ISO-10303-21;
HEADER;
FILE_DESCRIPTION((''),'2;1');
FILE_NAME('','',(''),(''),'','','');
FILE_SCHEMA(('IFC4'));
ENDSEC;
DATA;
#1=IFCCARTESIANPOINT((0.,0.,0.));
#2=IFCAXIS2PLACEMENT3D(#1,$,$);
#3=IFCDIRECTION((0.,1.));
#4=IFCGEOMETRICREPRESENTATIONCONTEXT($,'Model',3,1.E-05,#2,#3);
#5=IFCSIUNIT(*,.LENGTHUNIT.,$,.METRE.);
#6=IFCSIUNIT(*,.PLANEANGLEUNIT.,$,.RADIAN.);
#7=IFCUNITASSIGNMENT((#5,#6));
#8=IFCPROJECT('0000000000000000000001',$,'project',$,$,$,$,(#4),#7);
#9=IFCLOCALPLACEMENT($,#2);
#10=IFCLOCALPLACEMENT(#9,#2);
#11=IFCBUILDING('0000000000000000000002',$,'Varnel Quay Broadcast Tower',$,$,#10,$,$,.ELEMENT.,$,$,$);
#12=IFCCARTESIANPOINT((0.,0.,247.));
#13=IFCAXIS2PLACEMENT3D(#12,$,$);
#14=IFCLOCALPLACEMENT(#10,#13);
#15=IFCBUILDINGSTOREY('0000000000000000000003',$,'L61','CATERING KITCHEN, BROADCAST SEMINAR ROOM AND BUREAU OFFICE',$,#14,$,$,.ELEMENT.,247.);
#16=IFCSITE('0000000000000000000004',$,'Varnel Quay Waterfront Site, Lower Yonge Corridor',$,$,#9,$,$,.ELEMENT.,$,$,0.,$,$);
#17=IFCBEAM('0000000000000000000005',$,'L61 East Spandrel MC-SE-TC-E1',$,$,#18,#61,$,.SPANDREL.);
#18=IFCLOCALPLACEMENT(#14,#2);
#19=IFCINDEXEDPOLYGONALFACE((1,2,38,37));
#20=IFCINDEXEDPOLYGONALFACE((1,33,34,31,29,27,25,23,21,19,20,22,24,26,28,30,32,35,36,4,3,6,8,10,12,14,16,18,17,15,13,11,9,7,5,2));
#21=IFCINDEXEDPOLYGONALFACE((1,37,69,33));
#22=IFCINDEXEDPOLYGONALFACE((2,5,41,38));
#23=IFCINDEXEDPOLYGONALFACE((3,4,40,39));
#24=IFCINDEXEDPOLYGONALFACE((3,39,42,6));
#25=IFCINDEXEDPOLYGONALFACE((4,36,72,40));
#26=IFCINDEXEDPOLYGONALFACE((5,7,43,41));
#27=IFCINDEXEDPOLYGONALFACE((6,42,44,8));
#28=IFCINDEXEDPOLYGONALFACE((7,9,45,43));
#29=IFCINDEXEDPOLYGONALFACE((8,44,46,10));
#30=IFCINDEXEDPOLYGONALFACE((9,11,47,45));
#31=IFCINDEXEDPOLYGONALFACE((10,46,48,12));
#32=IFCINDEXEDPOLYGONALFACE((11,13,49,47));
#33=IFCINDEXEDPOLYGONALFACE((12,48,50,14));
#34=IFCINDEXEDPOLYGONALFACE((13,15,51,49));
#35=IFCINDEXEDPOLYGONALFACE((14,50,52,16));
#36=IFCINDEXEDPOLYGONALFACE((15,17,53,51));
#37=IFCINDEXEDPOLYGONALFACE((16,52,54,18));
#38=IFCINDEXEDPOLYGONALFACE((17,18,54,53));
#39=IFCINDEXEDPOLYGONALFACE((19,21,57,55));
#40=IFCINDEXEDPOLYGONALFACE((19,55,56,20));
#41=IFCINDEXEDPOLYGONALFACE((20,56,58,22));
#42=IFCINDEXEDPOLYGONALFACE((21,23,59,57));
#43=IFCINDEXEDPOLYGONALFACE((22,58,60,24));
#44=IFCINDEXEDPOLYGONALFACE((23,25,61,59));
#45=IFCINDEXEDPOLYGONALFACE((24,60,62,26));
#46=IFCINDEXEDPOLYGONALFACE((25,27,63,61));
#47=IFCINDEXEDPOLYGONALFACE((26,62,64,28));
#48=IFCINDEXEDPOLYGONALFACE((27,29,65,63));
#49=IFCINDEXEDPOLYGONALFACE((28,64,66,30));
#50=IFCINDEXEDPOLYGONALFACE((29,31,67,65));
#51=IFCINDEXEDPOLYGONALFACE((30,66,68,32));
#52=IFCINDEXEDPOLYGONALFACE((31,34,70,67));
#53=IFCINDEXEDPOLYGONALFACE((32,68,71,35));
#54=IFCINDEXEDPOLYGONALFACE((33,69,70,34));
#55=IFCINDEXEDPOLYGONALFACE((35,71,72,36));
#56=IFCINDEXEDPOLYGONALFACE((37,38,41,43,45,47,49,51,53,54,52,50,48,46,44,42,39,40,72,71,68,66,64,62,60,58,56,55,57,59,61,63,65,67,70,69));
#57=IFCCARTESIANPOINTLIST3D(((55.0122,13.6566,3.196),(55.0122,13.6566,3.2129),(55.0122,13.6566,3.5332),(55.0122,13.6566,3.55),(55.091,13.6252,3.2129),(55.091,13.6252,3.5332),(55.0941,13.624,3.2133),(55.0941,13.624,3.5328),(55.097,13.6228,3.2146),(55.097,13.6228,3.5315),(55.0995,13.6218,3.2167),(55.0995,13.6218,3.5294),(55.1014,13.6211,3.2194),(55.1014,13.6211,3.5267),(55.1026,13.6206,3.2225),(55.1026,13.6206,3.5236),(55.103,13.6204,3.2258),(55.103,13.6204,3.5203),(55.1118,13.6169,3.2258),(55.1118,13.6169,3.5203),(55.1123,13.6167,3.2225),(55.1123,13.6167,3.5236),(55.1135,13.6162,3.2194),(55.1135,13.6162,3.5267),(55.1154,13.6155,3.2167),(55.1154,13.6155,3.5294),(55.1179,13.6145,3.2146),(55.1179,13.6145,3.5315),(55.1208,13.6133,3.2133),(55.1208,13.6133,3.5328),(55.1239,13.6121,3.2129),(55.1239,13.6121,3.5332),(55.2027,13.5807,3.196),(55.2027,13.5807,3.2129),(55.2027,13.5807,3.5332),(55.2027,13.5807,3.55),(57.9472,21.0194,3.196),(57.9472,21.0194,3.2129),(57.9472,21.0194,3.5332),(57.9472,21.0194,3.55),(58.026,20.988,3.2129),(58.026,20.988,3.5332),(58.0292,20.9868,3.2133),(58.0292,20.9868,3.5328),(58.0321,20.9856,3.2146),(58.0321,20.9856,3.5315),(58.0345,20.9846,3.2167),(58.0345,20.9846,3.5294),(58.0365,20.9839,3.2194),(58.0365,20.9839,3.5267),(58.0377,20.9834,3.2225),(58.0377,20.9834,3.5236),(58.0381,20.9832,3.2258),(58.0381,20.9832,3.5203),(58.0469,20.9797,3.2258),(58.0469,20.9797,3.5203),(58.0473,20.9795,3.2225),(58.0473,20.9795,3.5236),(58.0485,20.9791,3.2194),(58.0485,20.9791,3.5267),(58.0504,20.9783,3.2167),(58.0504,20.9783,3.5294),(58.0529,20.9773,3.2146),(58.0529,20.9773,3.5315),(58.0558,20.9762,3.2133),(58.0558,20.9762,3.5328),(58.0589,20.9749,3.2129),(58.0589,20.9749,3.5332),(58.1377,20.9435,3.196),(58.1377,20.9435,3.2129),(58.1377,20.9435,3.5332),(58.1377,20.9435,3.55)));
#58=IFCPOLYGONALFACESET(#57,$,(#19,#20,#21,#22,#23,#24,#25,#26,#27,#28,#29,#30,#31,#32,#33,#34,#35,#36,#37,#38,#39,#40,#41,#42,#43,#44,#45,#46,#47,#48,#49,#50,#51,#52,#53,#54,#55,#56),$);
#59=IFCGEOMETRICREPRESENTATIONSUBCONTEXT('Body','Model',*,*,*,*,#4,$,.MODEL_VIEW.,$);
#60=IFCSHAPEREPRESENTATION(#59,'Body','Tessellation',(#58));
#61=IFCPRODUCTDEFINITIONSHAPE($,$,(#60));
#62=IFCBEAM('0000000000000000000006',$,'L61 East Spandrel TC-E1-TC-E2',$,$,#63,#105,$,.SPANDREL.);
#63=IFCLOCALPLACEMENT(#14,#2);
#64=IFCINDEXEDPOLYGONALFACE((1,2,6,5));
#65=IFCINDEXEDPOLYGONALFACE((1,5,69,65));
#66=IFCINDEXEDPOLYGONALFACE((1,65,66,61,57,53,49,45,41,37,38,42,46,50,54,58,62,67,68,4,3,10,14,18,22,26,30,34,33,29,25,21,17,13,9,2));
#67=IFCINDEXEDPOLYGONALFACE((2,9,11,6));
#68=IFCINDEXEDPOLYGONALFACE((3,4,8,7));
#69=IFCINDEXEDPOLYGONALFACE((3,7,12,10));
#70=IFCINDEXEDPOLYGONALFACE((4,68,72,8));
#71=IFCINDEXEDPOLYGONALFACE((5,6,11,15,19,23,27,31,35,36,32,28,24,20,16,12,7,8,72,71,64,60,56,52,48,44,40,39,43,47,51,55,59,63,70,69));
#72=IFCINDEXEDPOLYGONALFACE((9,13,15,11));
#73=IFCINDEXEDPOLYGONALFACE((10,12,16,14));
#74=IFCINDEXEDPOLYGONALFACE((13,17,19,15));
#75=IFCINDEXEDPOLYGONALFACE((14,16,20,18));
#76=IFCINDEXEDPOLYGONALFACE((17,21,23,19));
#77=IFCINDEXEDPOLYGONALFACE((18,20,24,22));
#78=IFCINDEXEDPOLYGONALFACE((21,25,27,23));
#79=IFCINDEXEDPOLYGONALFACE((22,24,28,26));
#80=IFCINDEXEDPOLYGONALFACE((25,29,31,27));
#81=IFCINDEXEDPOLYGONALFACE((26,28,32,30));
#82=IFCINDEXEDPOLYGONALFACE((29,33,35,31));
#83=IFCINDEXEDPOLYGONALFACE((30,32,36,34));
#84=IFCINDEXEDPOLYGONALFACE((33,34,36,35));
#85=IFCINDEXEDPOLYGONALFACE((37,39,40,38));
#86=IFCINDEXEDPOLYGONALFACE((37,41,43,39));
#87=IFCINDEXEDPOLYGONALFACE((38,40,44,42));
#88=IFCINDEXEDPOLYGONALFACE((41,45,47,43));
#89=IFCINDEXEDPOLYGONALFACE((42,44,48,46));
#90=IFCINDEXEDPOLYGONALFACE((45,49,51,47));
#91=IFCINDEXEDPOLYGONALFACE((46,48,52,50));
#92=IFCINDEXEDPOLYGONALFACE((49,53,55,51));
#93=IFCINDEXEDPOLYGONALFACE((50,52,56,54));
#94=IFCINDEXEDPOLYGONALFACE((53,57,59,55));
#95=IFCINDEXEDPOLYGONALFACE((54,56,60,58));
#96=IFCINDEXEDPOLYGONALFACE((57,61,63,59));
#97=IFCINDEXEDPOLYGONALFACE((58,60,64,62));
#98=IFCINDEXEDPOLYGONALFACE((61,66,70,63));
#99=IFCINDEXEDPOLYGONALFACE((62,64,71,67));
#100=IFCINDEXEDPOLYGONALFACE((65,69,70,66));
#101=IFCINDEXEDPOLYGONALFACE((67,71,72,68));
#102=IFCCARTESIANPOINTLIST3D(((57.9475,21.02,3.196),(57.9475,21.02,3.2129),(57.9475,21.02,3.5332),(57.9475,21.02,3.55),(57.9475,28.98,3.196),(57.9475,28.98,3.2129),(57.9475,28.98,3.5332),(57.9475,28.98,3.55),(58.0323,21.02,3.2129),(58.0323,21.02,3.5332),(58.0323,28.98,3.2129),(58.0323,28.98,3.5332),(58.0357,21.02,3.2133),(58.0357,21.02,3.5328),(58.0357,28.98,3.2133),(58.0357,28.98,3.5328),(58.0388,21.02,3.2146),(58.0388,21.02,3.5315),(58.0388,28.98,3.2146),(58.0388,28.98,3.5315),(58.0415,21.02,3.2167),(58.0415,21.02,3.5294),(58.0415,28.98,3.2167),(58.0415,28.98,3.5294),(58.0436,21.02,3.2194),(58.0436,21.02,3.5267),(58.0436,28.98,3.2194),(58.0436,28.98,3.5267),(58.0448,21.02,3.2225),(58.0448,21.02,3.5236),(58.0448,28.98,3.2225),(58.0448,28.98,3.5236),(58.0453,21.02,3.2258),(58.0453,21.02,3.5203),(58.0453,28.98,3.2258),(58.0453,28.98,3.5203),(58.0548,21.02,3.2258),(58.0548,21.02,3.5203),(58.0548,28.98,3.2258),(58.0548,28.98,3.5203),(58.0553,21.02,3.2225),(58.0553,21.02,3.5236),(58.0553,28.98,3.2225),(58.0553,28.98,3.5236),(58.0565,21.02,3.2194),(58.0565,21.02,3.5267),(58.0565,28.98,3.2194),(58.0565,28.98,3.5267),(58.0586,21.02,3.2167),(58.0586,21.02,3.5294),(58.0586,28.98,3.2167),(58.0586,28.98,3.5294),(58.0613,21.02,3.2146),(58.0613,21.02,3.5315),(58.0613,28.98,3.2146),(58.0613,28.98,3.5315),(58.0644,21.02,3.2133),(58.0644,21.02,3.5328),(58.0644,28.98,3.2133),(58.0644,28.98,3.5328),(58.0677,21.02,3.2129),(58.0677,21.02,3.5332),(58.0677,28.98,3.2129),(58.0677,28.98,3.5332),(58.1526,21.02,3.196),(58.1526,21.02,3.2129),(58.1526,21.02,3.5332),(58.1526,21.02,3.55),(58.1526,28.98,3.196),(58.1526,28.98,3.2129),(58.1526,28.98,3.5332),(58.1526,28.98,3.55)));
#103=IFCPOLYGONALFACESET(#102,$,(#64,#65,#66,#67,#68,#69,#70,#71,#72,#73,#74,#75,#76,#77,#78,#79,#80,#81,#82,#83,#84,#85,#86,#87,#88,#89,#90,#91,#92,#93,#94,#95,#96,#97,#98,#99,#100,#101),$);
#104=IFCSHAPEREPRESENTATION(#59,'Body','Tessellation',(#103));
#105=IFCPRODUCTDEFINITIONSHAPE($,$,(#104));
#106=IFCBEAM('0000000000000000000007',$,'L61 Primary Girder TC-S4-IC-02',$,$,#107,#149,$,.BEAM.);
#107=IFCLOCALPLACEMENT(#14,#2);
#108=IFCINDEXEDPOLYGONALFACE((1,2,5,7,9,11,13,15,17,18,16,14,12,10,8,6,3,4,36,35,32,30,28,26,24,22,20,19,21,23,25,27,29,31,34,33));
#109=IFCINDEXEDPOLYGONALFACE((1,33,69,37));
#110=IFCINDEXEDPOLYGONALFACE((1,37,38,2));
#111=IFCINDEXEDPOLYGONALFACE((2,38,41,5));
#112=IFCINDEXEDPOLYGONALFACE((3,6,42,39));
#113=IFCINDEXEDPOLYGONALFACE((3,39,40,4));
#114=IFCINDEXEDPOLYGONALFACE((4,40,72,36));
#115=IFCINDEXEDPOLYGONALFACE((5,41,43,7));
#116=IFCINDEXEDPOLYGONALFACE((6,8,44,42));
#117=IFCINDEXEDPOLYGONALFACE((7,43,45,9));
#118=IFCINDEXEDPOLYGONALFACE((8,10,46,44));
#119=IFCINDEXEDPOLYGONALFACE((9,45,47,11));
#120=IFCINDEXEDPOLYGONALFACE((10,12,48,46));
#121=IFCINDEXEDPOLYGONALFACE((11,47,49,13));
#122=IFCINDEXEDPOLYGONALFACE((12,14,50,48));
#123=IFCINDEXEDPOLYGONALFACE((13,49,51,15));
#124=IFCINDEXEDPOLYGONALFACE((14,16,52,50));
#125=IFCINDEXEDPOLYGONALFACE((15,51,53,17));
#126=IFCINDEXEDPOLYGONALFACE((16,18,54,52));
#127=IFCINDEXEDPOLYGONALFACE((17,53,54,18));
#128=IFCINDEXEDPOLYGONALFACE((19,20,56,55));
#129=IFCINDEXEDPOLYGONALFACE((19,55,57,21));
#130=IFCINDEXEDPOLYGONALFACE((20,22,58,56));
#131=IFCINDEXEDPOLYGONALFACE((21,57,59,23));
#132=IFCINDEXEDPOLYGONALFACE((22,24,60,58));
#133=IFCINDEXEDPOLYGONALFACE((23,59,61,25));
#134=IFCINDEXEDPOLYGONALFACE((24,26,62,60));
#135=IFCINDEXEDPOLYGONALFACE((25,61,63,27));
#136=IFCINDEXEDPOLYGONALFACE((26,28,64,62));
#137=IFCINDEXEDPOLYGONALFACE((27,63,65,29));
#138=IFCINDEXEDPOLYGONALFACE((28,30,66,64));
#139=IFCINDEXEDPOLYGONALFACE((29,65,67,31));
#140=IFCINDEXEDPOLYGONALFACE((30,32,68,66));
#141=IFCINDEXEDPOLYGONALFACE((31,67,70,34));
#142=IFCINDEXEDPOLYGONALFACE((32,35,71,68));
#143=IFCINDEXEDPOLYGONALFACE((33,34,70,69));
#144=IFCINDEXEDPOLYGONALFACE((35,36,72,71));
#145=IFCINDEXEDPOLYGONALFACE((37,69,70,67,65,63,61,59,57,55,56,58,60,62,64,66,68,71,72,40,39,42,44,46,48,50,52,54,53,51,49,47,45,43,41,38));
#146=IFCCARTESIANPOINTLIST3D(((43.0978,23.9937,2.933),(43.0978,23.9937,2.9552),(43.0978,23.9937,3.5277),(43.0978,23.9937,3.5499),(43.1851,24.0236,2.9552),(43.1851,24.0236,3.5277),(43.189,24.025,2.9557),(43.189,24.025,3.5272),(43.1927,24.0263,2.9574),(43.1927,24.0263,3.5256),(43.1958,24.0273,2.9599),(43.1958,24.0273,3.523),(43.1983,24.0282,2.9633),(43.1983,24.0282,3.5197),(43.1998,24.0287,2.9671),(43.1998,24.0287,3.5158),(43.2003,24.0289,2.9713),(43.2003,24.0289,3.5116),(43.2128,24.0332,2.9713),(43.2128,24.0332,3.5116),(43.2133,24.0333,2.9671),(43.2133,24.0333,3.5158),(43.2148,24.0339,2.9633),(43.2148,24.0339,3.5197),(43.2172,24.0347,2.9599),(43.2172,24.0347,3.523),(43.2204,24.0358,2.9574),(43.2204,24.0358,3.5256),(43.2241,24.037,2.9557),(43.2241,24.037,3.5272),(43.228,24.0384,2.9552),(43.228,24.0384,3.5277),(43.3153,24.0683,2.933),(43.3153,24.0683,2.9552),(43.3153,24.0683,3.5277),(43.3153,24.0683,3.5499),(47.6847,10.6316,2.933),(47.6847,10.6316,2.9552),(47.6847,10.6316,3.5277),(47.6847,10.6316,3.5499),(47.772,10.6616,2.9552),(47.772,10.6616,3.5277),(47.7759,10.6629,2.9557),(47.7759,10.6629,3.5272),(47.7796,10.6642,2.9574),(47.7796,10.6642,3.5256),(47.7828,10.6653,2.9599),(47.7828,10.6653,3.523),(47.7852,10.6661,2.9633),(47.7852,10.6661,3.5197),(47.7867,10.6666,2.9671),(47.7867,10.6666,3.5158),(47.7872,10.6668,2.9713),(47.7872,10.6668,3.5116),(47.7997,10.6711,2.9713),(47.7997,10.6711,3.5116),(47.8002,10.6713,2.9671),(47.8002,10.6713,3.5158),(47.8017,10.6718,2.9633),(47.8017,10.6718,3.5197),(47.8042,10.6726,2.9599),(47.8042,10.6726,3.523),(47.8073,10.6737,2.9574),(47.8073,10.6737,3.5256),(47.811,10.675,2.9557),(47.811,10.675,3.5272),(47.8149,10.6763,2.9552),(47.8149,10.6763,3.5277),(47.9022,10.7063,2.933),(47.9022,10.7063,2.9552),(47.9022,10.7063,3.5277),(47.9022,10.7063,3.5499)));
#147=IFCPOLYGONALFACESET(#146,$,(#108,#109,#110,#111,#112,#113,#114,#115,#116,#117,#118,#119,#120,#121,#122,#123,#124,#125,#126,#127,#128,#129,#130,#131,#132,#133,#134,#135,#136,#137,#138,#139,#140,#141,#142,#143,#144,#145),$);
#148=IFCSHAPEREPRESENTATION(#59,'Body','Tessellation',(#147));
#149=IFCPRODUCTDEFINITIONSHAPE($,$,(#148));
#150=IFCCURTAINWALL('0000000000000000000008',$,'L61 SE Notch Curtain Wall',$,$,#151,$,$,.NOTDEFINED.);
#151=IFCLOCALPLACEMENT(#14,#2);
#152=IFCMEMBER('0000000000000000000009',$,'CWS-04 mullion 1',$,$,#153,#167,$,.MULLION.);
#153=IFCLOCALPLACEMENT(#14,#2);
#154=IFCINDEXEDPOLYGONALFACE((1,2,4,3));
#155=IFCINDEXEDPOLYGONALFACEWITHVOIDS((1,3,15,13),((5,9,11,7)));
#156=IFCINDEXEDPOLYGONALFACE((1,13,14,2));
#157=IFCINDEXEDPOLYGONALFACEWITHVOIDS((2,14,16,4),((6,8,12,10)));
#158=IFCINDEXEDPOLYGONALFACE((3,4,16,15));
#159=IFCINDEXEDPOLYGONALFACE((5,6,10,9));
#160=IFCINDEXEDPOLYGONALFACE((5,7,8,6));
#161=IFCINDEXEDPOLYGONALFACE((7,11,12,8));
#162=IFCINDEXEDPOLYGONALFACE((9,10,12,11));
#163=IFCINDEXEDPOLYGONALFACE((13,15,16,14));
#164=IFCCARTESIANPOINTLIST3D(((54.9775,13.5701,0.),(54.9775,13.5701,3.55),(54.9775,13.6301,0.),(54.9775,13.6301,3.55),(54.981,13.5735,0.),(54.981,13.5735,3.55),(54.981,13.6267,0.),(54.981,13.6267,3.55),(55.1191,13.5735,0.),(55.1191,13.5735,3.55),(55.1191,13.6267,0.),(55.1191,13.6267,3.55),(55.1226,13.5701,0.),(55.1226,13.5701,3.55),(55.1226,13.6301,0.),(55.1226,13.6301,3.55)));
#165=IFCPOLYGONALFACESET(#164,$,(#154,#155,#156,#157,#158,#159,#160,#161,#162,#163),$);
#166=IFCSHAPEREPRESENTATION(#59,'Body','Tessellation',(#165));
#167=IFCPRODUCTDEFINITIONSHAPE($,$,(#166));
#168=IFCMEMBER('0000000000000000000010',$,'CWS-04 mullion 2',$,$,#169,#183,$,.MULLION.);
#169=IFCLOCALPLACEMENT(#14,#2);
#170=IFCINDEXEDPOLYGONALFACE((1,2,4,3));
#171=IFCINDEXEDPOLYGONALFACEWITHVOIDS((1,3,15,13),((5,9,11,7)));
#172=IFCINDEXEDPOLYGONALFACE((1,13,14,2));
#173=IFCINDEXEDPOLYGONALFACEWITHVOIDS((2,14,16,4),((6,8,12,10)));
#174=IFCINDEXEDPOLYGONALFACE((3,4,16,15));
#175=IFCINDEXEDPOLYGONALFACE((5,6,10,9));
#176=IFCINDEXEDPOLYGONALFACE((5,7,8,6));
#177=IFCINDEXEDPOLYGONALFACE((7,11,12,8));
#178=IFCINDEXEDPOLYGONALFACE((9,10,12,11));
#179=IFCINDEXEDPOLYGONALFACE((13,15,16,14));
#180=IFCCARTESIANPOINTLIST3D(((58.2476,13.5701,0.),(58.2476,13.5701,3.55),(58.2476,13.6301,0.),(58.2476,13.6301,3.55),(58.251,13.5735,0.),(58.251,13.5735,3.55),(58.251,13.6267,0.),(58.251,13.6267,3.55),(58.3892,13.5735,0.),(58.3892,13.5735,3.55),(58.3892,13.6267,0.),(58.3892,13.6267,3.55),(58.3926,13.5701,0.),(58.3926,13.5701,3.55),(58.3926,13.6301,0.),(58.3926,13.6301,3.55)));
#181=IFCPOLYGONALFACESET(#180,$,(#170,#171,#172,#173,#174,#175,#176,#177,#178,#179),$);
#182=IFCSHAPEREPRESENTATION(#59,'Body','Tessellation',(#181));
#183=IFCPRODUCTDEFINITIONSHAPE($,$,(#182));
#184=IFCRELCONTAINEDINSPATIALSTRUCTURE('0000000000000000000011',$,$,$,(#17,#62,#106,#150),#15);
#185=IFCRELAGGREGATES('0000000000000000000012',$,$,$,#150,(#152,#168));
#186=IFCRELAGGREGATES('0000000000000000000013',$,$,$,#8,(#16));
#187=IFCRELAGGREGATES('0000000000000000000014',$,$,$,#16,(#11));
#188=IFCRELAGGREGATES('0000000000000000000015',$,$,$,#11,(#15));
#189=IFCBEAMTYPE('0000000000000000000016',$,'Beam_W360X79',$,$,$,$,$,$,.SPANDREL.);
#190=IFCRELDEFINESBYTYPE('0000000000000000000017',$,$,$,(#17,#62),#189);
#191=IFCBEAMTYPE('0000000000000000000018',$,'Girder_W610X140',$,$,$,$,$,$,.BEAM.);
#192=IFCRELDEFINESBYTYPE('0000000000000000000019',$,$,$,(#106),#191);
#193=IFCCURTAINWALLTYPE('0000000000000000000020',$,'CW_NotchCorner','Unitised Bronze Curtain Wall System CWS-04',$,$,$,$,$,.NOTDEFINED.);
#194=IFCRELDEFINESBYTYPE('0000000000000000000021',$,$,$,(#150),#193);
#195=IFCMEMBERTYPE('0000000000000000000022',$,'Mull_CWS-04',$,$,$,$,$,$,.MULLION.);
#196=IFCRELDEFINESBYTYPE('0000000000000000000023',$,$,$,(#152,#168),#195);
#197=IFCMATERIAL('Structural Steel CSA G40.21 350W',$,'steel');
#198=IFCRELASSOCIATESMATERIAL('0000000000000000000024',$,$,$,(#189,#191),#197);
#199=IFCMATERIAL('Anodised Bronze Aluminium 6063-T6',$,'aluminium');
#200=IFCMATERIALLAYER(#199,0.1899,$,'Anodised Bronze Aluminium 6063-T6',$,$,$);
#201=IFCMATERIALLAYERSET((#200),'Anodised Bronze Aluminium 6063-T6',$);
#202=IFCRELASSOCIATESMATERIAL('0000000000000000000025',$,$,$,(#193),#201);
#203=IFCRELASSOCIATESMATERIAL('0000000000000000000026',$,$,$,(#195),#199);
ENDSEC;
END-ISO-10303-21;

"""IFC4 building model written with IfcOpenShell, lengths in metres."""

from ifc_helpers import new_model, si_unit, direction, frame, origin, origin_2d, place, context, subcontext, project, spatial, hollow_rectangle, i_section, extrude, source, transform, mapped, material, layer, layer_set, material_profile, profile_set, type_object, type_shapes, element, aggregate, save


model = new_model("IFC4")

# Units and contexts
model_context = context("Model", 3, precision=1e-05, world=origin(), true_north=direction((0.0, 1.0)))
body_context = subcontext(model_context, "Body", "Model", "MODEL_VIEW")
ifc_project = project(units=[si_unit("LENGTHUNIT", "METRE"), si_unit("PLANEANGLEUNIT", "RADIAN")], contexts=[model_context])

# Site, building, storey
site_placement = place(None, origin())
site = spatial("IfcSite", under=ifc_project, at=site_placement, Name="Varnel Quay Waterfront Site, Lower Yonge Corridor", CompositionType="ELEMENT", RefElevation=0.0)
building_placement = place(site_placement, origin())
building = spatial("IfcBuilding", under=site, at=building_placement, Name="Varnel Quay Broadcast Tower", CompositionType="ELEMENT")
storey_placement = place(building_placement, frame((0.0, 0.0, 247.0)))
storey = spatial("IfcBuildingStorey", under=building, at=storey_placement, Name="L61", Description="CATERING KITCHEN, BROADCAST SEMINAR ROOM AND BUREAU OFFICE", CompositionType="ELEMENT", Elevation=247.0)

# Shared definitions
ifc_material_1 = material(Name="Structural Steel CSA G40.21 350W", Category="steel")

# Beams
ifc_material_profile_1 = material_profile(ifc_material_1, i_section(OverallWidth=0.2051, OverallDepth=0.354, WebThickness=0.0095, FlangeThickness=0.0168, FilletRadius=0.0129, at=origin_2d()), Name="W360X79")
ifc_profile_set_1 = profile_set([ifc_material_profile_1], Name="Structural Steel CSA G40.21 350W")
beam_type_1 = type_object("IfcBeamType", Name="Beam_W360X79", PredefinedType="SPANDREL", material=ifc_profile_set_1)
shared_shape_1 = source(origin(), body_context, "Body", "SweptSolid", [
    extrude(i_section(OverallWidth=0.2051, OverallDepth=0.354, WebThickness=0.0095, FlangeThickness=0.0168, FilletRadius=0.0129, at=origin_2d()), origin(), (0.0, 0.0, 1.0), 7.9263),
])
beam_1_placement = place(storey_placement, frame((55.1074, 13.6187, 3.373), z_axis=(0.370296, 0.928914, 0.0), x_axis=(-0.928914, 0.370296, 0.0)))
element("IfcBeam", 1, at=beam_1_placement, inside=storey, type_object=beam_type_1, Name="L61 East Spandrel MC-SE-TC-E1", PredefinedType="SPANDREL", context=body_context, shape_type="MappedRepresentation", body=[
    mapped(shared_shape_1, transform((0.0, 0.0, 0.0), x_axis=(1.0, 0.0, 0.0), y_axis=(0.0, 1.0, 0.0), z_axis=(0.0, 0.0, 1.0), scale=1.0)),
])
shared_shape_2 = source(origin(), body_context, "Body", "SweptSolid", [
    extrude(i_section(OverallWidth=0.2051, OverallDepth=0.354, WebThickness=0.0095, FlangeThickness=0.0168, FilletRadius=0.0129, at=origin_2d()), origin(), (0.0, 0.0, 1.0), 7.96),
])
beam_2_placement = place(storey_placement, frame((58.05, 21.02, 3.373), z_axis=(0.0, 1.0, 0.0), x_axis=(-1.0, 0.0, 0.0)))
element("IfcBeam", 2, at=beam_2_placement, inside=storey, type_object=beam_type_1, Name="L61 East Spandrel TC-E1-TC-E2", PredefinedType="SPANDREL", context=body_context, shape_type="MappedRepresentation", body=[
    mapped(shared_shape_2, transform((0.0, 0.0, 0.0), x_axis=(1.0, 0.0, 0.0), y_axis=(0.0, 1.0, 0.0), z_axis=(0.0, 0.0, 1.0), scale=1.0)),
])
ifc_material_profile_2 = material_profile(ifc_material_1, i_section(OverallWidth=0.23, OverallDepth=0.6169, WebThickness=0.0132, FlangeThickness=0.0222, FilletRadius=0.0161, at=origin_2d()), Name="W610X140")
ifc_profile_set_2 = profile_set([ifc_material_profile_2], Name="Structural Steel CSA G40.21 350W")
beam_type_2 = type_object("IfcBeamType", Name="Girder_W610X140", PredefinedType="BEAM", material=ifc_profile_set_2)
shared_shape_3 = source(origin(), body_context, "Body", "SweptSolid", [
    extrude(i_section(OverallWidth=0.23, OverallDepth=0.6169, WebThickness=0.0132, FlangeThickness=0.0222, FilletRadius=0.0161, at=origin_2d()), origin(), (0.0, 0.0, 1.0), 14.1274),
])
type_shapes(beam_type_2, [shared_shape_3])
beam_3_placement = place(storey_placement, frame((47.7935, 10.6689, 3.2415), z_axis=(-0.324681, 0.945823, 0.0), x_axis=(-0.945823, -0.324681, 0.0)))
element("IfcBeam", 3, at=beam_3_placement, inside=storey, type_object=beam_type_2, Name="L61 Primary Girder TC-S4-IC-02", PredefinedType="BEAM", context=body_context, shape_type="MappedRepresentation", body=[
    mapped(shared_shape_3, transform((0.0, 0.0, 0.0), x_axis=(1.0, 0.0, 0.0), y_axis=(0.0, 1.0, 0.0), z_axis=(0.0, 0.0, 1.0), scale=1.0)),
])

# Curtain wall, members
ifc_material_2 = material(Name="Anodised Bronze Aluminium 6063-T6", Category="aluminium")
ifc_layer_1 = layer(ifc_material_2, 0.1899, Name="Anodised Bronze Aluminium 6063-T6")
ifc_layer_set_1 = layer_set([ifc_layer_1], Name="Anodised Bronze Aluminium 6063-T6")
curtain_wall_type_1 = type_object("IfcCurtainWallType", Name="CW_NotchCorner", Description="Unitised Bronze Curtain Wall System CWS-04", PredefinedType="NOTDEFINED", material=ifc_layer_set_1)
curtain_wall_1_placement = place(storey_placement, origin())
curtain_wall_1 = element("IfcCurtainWall", 4, at=curtain_wall_1_placement, inside=storey, type_object=curtain_wall_type_1, Name="L61 SE Notch Curtain Wall", PredefinedType="NOTDEFINED")
ifc_material_profile_3 = material_profile(ifc_material_2, hollow_rectangle(XDim=0.0601, YDim=0.145, WallThickness=0.0034, at=origin_2d()), Name="ALU60X145X3.5")
ifc_profile_set_3 = profile_set([ifc_material_profile_3], Name="Anodised Bronze Aluminium 6063-T6")
member_type_1 = type_object("IfcMemberType", Name="Mull_CWS-04", PredefinedType="MULLION", material=ifc_profile_set_3)
shared_shape_4 = source(origin(), body_context, "Body", "SweptSolid", [
    extrude(hollow_rectangle(XDim=0.0601, YDim=0.145, WallThickness=0.0034, at=origin_2d()), origin(), (0.0, 0.0, 1.0), 3.55),
])
type_shapes(member_type_1, [shared_shape_4])
member_1_placement = place(storey_placement, frame((55.05, 13.6001, 0.0), z_axis=(0.0, 0.0, 1.0), x_axis=(0.0, 1.0, 0.0)))
member_1 = element("IfcMember", 5, at=member_1_placement, type_object=member_type_1, Name="CWS-04 mullion 1", PredefinedType="MULLION", context=body_context, shape_type="MappedRepresentation", body=[
    mapped(shared_shape_4, transform((0.0, 0.0, 0.0), x_axis=(1.0, 0.0, 0.0), y_axis=(0.0, 1.0, 0.0), z_axis=(0.0, 0.0, 1.0), scale=1.0)),
])
member_2_placement = place(storey_placement, frame((58.3201, 13.6001, 0.0), z_axis=(0.0, 0.0, 1.0), x_axis=(0.0, 1.0, 0.0)))
member_2 = element("IfcMember", 6, at=member_2_placement, type_object=member_type_1, Name="CWS-04 mullion 2", PredefinedType="MULLION", context=body_context, shape_type="MappedRepresentation", body=[
    mapped(shared_shape_4, transform((0.0, 0.0, 0.0), x_axis=(1.0, 0.0, 0.0), y_axis=(0.0, 1.0, 0.0), z_axis=(0.0, 0.0, 1.0), scale=1.0)),
])

aggregate(curtain_wall_1, [member_1, member_2])

save(model, "model.ifc")
